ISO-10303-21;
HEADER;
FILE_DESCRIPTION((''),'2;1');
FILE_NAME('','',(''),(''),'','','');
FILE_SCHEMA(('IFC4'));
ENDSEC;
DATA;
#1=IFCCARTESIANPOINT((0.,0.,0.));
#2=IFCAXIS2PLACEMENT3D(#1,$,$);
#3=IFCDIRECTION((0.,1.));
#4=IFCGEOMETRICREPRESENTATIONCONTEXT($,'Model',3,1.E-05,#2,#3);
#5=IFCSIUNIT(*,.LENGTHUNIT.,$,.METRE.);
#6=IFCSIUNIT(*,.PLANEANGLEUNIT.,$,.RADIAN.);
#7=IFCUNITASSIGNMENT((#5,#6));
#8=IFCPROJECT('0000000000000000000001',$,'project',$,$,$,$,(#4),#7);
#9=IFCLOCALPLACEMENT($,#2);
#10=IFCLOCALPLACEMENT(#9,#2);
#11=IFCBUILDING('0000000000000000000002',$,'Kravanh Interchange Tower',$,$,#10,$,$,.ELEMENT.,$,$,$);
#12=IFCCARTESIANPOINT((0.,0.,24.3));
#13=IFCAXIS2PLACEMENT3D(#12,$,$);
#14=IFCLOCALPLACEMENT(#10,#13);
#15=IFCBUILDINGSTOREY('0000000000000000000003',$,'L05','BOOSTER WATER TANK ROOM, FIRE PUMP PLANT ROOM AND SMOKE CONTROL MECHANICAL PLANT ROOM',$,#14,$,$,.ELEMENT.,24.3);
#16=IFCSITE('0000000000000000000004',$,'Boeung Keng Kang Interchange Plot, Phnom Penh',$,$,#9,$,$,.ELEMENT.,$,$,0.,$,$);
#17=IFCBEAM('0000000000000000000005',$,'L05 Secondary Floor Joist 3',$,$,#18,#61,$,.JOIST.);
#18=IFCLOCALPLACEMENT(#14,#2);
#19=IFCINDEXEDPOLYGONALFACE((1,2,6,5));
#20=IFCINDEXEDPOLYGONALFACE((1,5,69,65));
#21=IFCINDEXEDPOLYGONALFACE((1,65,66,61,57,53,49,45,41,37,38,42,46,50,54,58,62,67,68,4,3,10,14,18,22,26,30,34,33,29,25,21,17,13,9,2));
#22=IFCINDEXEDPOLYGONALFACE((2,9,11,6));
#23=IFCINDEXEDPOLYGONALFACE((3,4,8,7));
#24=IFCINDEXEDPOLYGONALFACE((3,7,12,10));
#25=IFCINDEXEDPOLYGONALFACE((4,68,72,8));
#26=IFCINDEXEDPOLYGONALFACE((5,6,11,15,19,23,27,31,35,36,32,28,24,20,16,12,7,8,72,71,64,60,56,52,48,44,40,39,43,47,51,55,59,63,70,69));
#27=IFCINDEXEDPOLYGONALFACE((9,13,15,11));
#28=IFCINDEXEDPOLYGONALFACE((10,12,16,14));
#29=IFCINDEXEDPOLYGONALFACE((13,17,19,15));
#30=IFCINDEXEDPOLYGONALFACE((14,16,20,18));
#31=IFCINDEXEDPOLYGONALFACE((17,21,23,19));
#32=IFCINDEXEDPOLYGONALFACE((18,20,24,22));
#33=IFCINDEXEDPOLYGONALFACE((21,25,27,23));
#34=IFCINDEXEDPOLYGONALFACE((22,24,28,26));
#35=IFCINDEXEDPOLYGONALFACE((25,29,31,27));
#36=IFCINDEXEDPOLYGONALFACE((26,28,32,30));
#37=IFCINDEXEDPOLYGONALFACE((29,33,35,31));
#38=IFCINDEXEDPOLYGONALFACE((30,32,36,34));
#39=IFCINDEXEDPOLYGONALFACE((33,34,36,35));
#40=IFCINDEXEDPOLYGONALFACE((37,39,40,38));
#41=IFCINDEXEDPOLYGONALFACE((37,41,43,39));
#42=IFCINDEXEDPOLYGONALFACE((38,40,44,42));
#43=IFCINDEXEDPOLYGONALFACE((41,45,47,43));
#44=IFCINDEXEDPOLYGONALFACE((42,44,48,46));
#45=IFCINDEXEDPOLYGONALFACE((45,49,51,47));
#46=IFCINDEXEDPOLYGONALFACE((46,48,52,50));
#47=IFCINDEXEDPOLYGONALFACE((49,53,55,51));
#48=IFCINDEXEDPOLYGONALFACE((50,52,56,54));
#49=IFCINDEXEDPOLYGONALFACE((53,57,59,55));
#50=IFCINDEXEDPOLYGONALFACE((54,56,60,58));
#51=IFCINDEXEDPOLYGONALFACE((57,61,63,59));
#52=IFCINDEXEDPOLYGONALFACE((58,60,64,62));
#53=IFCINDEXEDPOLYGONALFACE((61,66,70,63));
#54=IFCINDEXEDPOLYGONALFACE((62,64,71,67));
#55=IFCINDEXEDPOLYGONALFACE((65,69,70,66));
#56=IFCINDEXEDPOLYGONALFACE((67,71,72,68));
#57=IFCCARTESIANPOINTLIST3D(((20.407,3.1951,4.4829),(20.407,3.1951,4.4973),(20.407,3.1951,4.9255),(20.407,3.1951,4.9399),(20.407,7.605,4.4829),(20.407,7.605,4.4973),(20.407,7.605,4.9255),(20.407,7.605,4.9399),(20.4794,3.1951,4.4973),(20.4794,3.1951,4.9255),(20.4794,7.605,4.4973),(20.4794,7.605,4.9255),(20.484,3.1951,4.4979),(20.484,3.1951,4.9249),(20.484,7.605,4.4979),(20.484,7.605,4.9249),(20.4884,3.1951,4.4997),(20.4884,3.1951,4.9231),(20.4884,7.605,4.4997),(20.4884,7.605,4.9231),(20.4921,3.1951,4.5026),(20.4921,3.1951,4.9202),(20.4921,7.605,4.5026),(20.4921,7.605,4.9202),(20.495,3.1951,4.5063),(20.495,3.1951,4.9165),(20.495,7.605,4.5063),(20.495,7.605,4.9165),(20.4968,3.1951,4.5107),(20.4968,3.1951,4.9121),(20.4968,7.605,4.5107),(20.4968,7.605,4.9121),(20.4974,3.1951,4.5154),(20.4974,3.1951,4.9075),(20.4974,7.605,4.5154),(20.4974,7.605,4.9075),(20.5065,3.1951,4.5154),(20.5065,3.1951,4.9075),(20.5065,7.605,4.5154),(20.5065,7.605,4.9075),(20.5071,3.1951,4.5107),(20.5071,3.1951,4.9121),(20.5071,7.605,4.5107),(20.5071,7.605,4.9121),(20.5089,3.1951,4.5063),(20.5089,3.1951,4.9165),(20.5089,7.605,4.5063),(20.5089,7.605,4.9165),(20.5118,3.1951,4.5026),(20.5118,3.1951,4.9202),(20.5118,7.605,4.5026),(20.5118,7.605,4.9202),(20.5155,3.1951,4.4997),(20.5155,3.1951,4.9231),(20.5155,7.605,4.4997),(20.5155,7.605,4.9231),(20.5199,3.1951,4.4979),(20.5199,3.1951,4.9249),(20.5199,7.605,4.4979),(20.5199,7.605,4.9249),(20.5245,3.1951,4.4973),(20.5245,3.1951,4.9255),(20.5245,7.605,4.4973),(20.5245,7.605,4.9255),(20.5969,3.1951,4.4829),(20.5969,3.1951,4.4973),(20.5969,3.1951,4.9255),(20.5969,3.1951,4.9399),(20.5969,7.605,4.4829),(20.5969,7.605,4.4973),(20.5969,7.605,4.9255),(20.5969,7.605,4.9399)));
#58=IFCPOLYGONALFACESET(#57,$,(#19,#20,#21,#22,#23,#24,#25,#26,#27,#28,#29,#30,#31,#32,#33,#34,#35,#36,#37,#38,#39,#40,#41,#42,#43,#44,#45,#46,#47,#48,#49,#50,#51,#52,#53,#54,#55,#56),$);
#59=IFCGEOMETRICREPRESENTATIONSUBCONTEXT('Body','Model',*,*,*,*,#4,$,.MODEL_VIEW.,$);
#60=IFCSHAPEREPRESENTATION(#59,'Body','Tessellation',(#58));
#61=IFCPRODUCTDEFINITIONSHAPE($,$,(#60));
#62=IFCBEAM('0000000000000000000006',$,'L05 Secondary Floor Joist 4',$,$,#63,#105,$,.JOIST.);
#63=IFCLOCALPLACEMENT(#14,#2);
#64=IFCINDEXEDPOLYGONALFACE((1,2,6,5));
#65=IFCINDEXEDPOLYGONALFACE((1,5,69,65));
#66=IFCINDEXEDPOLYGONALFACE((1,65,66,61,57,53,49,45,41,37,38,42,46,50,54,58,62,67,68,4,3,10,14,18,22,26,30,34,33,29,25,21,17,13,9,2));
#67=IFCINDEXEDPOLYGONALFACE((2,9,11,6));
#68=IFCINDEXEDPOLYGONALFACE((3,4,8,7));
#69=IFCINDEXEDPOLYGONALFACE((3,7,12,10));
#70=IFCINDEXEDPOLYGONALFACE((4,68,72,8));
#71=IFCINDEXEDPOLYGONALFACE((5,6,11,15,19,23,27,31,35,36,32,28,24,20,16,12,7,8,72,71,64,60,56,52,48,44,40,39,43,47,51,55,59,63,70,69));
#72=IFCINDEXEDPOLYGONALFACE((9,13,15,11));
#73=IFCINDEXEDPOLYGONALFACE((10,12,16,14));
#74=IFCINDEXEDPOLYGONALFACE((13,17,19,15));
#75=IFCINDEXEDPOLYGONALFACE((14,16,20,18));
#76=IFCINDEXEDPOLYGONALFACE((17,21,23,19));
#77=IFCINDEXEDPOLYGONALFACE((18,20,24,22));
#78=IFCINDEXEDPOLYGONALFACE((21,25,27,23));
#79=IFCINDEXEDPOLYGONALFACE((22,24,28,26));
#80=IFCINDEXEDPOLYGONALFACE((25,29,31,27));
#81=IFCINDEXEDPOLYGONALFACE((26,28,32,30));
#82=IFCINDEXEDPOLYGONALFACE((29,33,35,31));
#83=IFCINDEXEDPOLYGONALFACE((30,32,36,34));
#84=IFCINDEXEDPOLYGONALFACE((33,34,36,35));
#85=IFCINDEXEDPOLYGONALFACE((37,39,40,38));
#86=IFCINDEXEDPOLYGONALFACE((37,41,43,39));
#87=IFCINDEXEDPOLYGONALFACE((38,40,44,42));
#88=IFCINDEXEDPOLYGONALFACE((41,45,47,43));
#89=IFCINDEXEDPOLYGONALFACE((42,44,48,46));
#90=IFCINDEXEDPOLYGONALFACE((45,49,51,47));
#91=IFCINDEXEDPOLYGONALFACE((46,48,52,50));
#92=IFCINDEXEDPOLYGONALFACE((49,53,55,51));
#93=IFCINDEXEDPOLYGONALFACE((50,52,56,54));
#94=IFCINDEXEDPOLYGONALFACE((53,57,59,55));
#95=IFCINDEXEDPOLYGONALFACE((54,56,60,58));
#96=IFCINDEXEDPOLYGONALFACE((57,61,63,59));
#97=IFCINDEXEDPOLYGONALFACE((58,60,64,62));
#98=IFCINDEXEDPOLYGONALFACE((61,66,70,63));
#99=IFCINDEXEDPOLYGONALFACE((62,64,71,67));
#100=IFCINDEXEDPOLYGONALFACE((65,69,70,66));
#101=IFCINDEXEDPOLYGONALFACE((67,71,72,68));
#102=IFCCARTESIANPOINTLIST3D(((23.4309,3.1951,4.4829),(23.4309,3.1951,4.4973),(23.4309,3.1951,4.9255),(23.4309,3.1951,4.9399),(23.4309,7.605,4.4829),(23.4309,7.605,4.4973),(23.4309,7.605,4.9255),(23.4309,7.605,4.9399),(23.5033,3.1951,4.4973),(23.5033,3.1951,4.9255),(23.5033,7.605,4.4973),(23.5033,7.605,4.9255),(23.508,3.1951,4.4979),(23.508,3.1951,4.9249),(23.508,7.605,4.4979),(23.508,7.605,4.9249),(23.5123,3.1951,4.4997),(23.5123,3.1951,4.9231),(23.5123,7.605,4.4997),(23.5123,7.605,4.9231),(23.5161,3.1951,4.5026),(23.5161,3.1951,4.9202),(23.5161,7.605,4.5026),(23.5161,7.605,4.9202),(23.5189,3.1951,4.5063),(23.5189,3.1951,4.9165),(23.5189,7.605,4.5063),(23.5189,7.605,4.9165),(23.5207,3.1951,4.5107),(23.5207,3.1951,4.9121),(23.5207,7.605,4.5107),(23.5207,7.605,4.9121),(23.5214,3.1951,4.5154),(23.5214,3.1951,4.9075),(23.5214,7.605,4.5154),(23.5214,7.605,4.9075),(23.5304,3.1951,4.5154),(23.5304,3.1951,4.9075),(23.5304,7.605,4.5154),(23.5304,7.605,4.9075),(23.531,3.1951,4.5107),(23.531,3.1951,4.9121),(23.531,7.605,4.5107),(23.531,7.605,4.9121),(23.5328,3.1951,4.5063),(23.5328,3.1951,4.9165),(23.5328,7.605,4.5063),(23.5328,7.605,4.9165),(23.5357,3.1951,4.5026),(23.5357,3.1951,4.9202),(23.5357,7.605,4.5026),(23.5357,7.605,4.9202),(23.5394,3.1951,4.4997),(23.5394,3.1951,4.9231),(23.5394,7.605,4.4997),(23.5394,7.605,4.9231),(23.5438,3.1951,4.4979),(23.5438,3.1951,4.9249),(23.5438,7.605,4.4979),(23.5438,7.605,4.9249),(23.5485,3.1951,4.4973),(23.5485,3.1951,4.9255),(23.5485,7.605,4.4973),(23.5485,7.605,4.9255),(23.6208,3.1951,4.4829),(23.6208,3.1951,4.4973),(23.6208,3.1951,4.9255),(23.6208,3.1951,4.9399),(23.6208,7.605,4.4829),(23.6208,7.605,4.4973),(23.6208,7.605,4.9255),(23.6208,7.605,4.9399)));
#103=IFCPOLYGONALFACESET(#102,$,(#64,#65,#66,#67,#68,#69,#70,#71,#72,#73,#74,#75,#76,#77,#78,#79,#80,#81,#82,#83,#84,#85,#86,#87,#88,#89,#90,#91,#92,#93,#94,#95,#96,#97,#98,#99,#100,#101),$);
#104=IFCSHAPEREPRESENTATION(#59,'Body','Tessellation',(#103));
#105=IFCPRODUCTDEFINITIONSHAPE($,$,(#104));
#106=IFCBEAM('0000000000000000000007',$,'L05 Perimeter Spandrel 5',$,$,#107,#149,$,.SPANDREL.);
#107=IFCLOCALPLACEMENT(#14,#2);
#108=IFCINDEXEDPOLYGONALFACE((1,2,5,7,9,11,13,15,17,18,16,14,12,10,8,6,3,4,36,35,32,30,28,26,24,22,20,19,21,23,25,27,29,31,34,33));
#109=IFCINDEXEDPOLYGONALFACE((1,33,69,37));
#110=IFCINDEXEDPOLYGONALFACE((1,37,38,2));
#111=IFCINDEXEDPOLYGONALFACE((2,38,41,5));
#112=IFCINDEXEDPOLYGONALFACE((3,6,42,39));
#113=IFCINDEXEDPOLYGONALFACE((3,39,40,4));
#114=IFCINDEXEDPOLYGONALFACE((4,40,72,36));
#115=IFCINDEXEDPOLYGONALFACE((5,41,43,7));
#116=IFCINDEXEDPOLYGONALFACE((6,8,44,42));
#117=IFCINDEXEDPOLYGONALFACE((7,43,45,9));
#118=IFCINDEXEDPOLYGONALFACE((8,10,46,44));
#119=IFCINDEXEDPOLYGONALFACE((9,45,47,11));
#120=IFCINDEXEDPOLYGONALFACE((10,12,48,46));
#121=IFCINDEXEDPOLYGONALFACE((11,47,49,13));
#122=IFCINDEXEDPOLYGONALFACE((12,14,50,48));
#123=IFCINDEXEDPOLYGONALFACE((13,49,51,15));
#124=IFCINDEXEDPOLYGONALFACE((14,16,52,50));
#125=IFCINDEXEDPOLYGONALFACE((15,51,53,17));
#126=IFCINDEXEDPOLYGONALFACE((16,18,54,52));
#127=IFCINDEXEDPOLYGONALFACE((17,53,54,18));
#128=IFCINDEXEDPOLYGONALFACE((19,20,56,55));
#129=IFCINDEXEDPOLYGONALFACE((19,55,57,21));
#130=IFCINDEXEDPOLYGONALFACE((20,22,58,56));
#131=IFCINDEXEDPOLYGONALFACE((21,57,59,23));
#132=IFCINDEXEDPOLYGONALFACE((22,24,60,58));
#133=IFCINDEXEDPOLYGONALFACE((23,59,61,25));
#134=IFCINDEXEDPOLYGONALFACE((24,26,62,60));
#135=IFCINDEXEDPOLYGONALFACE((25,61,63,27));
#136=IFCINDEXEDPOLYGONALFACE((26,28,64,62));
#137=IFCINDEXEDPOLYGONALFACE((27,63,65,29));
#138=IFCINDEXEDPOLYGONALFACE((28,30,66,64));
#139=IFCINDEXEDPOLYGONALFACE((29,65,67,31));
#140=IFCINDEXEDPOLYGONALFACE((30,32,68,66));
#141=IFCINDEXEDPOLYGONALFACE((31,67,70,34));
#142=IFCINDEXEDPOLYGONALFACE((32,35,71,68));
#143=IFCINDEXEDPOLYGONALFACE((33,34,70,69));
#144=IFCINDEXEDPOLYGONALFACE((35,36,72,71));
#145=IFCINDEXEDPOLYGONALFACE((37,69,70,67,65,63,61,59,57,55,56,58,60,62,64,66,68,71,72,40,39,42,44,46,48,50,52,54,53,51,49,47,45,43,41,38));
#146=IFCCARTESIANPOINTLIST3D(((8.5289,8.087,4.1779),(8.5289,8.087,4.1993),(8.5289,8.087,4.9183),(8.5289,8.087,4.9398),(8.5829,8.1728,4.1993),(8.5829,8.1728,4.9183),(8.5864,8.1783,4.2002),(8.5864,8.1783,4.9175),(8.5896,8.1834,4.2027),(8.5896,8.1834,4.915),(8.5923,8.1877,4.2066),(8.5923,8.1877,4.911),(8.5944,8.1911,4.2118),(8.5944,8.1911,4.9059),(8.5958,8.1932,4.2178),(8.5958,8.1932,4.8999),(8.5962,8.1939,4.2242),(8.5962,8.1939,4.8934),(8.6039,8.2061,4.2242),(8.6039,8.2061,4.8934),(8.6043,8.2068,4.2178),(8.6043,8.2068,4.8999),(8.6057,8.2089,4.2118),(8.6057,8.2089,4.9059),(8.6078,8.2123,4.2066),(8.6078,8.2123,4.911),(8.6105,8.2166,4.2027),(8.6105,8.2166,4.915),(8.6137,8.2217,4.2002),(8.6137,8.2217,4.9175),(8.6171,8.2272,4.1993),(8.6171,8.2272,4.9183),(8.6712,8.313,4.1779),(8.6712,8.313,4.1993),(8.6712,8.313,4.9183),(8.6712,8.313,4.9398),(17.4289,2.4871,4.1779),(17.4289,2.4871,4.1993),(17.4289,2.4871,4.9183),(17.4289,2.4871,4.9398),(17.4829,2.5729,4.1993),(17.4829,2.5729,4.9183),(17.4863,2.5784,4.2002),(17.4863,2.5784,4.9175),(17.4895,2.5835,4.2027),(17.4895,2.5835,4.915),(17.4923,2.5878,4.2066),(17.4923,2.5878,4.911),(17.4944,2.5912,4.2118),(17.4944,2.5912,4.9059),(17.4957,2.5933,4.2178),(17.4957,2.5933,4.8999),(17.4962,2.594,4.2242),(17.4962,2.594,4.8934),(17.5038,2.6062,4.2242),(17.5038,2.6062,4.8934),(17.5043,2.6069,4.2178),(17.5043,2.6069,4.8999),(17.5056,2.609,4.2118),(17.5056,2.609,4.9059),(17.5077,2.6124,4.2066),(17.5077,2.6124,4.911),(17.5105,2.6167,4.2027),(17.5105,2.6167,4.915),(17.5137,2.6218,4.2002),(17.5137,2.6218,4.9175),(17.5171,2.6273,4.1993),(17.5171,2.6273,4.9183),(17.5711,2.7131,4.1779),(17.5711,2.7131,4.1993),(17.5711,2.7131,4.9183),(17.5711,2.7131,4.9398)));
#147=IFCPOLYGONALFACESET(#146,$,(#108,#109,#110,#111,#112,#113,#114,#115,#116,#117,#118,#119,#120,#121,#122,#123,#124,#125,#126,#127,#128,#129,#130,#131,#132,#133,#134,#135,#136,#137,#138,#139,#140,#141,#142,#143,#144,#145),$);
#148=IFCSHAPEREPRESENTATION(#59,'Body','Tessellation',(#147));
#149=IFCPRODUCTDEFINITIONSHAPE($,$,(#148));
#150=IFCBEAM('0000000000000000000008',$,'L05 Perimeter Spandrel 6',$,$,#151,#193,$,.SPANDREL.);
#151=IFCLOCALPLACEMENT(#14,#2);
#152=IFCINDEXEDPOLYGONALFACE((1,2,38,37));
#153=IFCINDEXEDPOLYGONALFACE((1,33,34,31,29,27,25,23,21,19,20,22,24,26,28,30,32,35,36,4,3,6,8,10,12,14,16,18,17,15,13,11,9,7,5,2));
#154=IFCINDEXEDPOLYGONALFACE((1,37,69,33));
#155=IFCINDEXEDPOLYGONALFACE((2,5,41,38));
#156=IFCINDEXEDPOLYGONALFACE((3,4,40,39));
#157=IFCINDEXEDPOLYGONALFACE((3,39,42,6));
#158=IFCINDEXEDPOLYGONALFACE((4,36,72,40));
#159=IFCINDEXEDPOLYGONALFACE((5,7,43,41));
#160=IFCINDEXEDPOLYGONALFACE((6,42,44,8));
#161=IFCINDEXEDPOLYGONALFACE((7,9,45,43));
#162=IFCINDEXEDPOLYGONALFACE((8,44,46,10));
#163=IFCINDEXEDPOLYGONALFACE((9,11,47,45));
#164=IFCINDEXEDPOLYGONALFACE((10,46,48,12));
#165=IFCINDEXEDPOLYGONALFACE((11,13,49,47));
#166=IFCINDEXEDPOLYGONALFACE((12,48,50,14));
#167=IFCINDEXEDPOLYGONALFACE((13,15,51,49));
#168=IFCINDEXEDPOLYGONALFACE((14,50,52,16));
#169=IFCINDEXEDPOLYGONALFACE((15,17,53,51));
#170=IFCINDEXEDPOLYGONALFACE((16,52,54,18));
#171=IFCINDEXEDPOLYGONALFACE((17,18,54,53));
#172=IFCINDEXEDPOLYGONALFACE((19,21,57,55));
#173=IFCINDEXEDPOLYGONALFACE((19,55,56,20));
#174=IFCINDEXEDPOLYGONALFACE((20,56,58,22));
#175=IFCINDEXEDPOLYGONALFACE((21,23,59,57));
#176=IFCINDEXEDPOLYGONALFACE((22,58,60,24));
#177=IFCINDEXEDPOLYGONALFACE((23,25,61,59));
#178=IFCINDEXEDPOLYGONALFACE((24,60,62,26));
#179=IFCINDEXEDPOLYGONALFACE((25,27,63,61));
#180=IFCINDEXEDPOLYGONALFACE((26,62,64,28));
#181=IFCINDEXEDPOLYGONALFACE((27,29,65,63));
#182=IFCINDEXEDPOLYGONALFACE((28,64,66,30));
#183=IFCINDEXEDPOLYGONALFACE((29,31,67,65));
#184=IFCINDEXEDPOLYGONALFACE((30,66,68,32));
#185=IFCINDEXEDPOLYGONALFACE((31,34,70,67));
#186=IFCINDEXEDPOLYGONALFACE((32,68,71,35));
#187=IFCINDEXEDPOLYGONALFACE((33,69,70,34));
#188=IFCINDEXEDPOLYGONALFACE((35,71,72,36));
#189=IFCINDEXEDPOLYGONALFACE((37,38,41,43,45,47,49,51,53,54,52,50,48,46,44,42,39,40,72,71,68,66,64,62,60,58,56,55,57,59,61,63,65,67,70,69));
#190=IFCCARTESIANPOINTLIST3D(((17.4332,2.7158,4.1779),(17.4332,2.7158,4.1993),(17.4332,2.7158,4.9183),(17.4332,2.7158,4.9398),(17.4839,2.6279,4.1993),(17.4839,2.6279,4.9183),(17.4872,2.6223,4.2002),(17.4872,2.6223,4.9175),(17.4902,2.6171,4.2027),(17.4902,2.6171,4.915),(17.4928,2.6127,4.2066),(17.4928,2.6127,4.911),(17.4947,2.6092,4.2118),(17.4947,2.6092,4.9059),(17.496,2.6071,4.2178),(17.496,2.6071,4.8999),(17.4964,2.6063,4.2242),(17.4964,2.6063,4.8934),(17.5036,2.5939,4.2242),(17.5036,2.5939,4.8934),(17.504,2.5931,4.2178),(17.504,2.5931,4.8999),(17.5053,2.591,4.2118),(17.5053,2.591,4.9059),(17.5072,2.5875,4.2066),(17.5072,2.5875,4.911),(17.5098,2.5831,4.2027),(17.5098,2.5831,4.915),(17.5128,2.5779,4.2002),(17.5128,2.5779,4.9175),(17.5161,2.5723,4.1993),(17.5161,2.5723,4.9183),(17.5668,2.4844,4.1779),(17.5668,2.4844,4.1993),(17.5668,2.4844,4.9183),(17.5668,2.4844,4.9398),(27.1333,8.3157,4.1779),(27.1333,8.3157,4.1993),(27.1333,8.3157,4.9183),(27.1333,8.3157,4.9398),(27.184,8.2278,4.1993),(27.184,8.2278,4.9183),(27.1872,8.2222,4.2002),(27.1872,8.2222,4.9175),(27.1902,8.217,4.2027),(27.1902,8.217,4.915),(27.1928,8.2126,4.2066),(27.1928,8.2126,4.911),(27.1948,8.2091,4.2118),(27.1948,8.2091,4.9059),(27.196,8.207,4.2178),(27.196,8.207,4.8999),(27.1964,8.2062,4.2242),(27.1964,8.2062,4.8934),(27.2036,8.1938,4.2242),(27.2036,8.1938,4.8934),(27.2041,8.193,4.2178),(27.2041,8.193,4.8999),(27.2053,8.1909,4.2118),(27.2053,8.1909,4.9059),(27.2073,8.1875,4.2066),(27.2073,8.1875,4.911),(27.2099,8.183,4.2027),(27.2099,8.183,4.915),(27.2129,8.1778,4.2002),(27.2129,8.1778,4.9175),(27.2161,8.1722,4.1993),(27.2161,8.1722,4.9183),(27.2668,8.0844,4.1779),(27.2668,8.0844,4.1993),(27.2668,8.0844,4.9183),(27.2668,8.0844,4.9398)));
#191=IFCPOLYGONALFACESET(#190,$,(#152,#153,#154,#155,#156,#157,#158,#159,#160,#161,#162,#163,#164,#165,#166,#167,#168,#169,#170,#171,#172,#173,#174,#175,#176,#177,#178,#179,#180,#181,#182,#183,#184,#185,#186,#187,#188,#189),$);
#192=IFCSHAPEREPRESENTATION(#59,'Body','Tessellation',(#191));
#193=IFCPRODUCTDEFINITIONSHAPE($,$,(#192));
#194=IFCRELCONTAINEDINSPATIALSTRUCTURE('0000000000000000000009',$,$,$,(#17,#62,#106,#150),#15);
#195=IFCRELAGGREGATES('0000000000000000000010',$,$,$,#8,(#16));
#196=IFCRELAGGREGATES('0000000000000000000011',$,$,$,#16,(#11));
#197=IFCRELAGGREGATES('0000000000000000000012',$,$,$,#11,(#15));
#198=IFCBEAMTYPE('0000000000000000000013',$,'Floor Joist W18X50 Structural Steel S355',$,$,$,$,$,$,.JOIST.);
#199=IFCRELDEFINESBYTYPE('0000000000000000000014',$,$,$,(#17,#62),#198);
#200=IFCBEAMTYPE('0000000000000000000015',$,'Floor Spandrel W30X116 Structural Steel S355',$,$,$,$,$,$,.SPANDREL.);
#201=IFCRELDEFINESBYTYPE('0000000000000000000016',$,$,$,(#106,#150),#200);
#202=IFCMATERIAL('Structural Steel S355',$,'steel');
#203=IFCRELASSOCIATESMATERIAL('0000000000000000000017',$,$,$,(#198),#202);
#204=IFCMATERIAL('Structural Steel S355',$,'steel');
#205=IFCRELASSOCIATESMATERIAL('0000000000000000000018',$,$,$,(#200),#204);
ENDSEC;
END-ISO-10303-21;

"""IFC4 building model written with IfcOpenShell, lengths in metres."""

from ifc_helpers import new_model, si_unit, direction, frame, origin, origin_2d, place, context, subcontext, project, spatial, i_section, extrude, material, material_profile, profile_set, type_object, element, save


model = new_model("IFC4")

# Units and contexts
model_context = context("Model", 3, precision=1e-05, world=origin(), true_north=direction((0.0, 1.0)))
body_context = subcontext(model_context, "Body", "Model", "MODEL_VIEW")
ifc_project = project(units=[si_unit("LENGTHUNIT", "METRE"), si_unit("PLANEANGLEUNIT", "RADIAN")], contexts=[model_context])

# Site, building, storey
site_placement = place(None, origin())
site = spatial("IfcSite", under=ifc_project, at=site_placement, Name="Boeung Keng Kang Interchange Plot, Phnom Penh", CompositionType="ELEMENT", RefElevation=0.0)
building_placement = place(site_placement, origin())
building = spatial("IfcBuilding", under=site, at=building_placement, Name="Kravanh Interchange Tower", CompositionType="ELEMENT")
storey_placement = place(building_placement, frame((0.0, 0.0, 24.3)))
storey = spatial("IfcBuildingStorey", under=building, at=storey_placement, Name="L05", Description="BOOSTER WATER TANK ROOM, FIRE PUMP PLANT ROOM AND SMOKE CONTROL MECHANICAL PLANT ROOM", CompositionType="ELEMENT", Elevation=24.3)

# Beams
ifc_material_1 = material(Name="Structural Steel S355", Category="steel")
ifc_material_profile_1 = material_profile(ifc_material_1, i_section(OverallWidth=0.1899, OverallDepth=0.457, WebThickness=0.009, FlangeThickness=0.0144, FilletRadius=0.0181, at=origin_2d()), Name="W18X50")
ifc_profile_set_1 = profile_set([ifc_material_profile_1], Name="Structural Steel S355")
beam_type_1 = type_object("IfcBeamType", Name="Floor Joist W18X50 Structural Steel S355", PredefinedType="JOIST", material=ifc_profile_set_1)
for number, where, z_axis, x_axis, name in (
    (1, (20.502, 3.1951, 4.7114), (0.0, 1.0, 0.0), (-1.0, 0.0, 0.0), "L05 Secondary Floor Joist 3"),
    (2, (23.5259, 3.1951, 4.7114), (0.0, 1.0, 0.0), (-1.0, 0.0, 0.0), "L05 Secondary Floor Joist 4"),
):
    element("IfcBeam", number, at=place(storey_placement, frame(where, z_axis=z_axis, x_axis=x_axis)), inside=storey, type_object=beam_type_1, Name=name, PredefinedType="JOIST", context=body_context, shape_type="SweptSolid", body=[
        extrude(i_section(OverallWidth=0.1899, OverallDepth=0.457, WebThickness=0.009, FlangeThickness=0.0144, FilletRadius=0.0181, at=origin_2d()), origin(), (0.0, 0.0, 1.0), 4.4099),
    ])
ifc_material_2 = material(Name="Structural Steel S355", Category="steel")
ifc_material_profile_2 = material_profile(ifc_material_2, i_section(OverallWidth=0.2671, OverallDepth=0.762, WebThickness=0.0144, FlangeThickness=0.0215, FilletRadius=0.0249, at=origin_2d()), Name="W30X116")
ifc_profile_set_2 = profile_set([ifc_material_profile_2], Name="Structural Steel S355")
beam_type_2 = type_object("IfcBeamType", Name="Floor Spandrel W30X116 Structural Steel S355", PredefinedType="SPANDREL", material=ifc_profile_set_2)
beam_1_placement = place(storey_placement, frame((17.5, 2.6001, 4.5588), z_axis=(-0.846395, 0.532555, 0.0), x_axis=(-0.532555, -0.846395, 0.0)))
element("IfcBeam", 3, at=beam_1_placement, inside=storey, type_object=beam_type_2, Name="L05 Perimeter Spandrel 5", PredefinedType="SPANDREL", context=body_context, shape_type="SweptSolid", body=[
    extrude(i_section(OverallWidth=0.2671, OverallDepth=0.762, WebThickness=0.0144, FlangeThickness=0.0215, FilletRadius=0.0249, at=origin_2d()), origin(), (0.0, 0.0, 1.0), 10.5151),
])
beam_2_placement = place(storey_placement, frame((17.5, 2.6001, 4.5588), z_axis=(0.866041, 0.499972, 0.0), x_axis=(-0.499972, 0.866041, 0.0)))
element("IfcBeam", 4, at=beam_2_placement, inside=storey, type_object=beam_type_2, Name="L05 Perimeter Spandrel 6", PredefinedType="SPANDREL", context=body_context, shape_type="SweptSolid", body=[
    extrude(i_section(OverallWidth=0.2671, OverallDepth=0.762, WebThickness=0.0144, FlangeThickness=0.0215, FilletRadius=0.0249, at=origin_2d()), origin(), (0.0, 0.0, 1.0), 11.2004),
])

save(model, "model.ifc")
